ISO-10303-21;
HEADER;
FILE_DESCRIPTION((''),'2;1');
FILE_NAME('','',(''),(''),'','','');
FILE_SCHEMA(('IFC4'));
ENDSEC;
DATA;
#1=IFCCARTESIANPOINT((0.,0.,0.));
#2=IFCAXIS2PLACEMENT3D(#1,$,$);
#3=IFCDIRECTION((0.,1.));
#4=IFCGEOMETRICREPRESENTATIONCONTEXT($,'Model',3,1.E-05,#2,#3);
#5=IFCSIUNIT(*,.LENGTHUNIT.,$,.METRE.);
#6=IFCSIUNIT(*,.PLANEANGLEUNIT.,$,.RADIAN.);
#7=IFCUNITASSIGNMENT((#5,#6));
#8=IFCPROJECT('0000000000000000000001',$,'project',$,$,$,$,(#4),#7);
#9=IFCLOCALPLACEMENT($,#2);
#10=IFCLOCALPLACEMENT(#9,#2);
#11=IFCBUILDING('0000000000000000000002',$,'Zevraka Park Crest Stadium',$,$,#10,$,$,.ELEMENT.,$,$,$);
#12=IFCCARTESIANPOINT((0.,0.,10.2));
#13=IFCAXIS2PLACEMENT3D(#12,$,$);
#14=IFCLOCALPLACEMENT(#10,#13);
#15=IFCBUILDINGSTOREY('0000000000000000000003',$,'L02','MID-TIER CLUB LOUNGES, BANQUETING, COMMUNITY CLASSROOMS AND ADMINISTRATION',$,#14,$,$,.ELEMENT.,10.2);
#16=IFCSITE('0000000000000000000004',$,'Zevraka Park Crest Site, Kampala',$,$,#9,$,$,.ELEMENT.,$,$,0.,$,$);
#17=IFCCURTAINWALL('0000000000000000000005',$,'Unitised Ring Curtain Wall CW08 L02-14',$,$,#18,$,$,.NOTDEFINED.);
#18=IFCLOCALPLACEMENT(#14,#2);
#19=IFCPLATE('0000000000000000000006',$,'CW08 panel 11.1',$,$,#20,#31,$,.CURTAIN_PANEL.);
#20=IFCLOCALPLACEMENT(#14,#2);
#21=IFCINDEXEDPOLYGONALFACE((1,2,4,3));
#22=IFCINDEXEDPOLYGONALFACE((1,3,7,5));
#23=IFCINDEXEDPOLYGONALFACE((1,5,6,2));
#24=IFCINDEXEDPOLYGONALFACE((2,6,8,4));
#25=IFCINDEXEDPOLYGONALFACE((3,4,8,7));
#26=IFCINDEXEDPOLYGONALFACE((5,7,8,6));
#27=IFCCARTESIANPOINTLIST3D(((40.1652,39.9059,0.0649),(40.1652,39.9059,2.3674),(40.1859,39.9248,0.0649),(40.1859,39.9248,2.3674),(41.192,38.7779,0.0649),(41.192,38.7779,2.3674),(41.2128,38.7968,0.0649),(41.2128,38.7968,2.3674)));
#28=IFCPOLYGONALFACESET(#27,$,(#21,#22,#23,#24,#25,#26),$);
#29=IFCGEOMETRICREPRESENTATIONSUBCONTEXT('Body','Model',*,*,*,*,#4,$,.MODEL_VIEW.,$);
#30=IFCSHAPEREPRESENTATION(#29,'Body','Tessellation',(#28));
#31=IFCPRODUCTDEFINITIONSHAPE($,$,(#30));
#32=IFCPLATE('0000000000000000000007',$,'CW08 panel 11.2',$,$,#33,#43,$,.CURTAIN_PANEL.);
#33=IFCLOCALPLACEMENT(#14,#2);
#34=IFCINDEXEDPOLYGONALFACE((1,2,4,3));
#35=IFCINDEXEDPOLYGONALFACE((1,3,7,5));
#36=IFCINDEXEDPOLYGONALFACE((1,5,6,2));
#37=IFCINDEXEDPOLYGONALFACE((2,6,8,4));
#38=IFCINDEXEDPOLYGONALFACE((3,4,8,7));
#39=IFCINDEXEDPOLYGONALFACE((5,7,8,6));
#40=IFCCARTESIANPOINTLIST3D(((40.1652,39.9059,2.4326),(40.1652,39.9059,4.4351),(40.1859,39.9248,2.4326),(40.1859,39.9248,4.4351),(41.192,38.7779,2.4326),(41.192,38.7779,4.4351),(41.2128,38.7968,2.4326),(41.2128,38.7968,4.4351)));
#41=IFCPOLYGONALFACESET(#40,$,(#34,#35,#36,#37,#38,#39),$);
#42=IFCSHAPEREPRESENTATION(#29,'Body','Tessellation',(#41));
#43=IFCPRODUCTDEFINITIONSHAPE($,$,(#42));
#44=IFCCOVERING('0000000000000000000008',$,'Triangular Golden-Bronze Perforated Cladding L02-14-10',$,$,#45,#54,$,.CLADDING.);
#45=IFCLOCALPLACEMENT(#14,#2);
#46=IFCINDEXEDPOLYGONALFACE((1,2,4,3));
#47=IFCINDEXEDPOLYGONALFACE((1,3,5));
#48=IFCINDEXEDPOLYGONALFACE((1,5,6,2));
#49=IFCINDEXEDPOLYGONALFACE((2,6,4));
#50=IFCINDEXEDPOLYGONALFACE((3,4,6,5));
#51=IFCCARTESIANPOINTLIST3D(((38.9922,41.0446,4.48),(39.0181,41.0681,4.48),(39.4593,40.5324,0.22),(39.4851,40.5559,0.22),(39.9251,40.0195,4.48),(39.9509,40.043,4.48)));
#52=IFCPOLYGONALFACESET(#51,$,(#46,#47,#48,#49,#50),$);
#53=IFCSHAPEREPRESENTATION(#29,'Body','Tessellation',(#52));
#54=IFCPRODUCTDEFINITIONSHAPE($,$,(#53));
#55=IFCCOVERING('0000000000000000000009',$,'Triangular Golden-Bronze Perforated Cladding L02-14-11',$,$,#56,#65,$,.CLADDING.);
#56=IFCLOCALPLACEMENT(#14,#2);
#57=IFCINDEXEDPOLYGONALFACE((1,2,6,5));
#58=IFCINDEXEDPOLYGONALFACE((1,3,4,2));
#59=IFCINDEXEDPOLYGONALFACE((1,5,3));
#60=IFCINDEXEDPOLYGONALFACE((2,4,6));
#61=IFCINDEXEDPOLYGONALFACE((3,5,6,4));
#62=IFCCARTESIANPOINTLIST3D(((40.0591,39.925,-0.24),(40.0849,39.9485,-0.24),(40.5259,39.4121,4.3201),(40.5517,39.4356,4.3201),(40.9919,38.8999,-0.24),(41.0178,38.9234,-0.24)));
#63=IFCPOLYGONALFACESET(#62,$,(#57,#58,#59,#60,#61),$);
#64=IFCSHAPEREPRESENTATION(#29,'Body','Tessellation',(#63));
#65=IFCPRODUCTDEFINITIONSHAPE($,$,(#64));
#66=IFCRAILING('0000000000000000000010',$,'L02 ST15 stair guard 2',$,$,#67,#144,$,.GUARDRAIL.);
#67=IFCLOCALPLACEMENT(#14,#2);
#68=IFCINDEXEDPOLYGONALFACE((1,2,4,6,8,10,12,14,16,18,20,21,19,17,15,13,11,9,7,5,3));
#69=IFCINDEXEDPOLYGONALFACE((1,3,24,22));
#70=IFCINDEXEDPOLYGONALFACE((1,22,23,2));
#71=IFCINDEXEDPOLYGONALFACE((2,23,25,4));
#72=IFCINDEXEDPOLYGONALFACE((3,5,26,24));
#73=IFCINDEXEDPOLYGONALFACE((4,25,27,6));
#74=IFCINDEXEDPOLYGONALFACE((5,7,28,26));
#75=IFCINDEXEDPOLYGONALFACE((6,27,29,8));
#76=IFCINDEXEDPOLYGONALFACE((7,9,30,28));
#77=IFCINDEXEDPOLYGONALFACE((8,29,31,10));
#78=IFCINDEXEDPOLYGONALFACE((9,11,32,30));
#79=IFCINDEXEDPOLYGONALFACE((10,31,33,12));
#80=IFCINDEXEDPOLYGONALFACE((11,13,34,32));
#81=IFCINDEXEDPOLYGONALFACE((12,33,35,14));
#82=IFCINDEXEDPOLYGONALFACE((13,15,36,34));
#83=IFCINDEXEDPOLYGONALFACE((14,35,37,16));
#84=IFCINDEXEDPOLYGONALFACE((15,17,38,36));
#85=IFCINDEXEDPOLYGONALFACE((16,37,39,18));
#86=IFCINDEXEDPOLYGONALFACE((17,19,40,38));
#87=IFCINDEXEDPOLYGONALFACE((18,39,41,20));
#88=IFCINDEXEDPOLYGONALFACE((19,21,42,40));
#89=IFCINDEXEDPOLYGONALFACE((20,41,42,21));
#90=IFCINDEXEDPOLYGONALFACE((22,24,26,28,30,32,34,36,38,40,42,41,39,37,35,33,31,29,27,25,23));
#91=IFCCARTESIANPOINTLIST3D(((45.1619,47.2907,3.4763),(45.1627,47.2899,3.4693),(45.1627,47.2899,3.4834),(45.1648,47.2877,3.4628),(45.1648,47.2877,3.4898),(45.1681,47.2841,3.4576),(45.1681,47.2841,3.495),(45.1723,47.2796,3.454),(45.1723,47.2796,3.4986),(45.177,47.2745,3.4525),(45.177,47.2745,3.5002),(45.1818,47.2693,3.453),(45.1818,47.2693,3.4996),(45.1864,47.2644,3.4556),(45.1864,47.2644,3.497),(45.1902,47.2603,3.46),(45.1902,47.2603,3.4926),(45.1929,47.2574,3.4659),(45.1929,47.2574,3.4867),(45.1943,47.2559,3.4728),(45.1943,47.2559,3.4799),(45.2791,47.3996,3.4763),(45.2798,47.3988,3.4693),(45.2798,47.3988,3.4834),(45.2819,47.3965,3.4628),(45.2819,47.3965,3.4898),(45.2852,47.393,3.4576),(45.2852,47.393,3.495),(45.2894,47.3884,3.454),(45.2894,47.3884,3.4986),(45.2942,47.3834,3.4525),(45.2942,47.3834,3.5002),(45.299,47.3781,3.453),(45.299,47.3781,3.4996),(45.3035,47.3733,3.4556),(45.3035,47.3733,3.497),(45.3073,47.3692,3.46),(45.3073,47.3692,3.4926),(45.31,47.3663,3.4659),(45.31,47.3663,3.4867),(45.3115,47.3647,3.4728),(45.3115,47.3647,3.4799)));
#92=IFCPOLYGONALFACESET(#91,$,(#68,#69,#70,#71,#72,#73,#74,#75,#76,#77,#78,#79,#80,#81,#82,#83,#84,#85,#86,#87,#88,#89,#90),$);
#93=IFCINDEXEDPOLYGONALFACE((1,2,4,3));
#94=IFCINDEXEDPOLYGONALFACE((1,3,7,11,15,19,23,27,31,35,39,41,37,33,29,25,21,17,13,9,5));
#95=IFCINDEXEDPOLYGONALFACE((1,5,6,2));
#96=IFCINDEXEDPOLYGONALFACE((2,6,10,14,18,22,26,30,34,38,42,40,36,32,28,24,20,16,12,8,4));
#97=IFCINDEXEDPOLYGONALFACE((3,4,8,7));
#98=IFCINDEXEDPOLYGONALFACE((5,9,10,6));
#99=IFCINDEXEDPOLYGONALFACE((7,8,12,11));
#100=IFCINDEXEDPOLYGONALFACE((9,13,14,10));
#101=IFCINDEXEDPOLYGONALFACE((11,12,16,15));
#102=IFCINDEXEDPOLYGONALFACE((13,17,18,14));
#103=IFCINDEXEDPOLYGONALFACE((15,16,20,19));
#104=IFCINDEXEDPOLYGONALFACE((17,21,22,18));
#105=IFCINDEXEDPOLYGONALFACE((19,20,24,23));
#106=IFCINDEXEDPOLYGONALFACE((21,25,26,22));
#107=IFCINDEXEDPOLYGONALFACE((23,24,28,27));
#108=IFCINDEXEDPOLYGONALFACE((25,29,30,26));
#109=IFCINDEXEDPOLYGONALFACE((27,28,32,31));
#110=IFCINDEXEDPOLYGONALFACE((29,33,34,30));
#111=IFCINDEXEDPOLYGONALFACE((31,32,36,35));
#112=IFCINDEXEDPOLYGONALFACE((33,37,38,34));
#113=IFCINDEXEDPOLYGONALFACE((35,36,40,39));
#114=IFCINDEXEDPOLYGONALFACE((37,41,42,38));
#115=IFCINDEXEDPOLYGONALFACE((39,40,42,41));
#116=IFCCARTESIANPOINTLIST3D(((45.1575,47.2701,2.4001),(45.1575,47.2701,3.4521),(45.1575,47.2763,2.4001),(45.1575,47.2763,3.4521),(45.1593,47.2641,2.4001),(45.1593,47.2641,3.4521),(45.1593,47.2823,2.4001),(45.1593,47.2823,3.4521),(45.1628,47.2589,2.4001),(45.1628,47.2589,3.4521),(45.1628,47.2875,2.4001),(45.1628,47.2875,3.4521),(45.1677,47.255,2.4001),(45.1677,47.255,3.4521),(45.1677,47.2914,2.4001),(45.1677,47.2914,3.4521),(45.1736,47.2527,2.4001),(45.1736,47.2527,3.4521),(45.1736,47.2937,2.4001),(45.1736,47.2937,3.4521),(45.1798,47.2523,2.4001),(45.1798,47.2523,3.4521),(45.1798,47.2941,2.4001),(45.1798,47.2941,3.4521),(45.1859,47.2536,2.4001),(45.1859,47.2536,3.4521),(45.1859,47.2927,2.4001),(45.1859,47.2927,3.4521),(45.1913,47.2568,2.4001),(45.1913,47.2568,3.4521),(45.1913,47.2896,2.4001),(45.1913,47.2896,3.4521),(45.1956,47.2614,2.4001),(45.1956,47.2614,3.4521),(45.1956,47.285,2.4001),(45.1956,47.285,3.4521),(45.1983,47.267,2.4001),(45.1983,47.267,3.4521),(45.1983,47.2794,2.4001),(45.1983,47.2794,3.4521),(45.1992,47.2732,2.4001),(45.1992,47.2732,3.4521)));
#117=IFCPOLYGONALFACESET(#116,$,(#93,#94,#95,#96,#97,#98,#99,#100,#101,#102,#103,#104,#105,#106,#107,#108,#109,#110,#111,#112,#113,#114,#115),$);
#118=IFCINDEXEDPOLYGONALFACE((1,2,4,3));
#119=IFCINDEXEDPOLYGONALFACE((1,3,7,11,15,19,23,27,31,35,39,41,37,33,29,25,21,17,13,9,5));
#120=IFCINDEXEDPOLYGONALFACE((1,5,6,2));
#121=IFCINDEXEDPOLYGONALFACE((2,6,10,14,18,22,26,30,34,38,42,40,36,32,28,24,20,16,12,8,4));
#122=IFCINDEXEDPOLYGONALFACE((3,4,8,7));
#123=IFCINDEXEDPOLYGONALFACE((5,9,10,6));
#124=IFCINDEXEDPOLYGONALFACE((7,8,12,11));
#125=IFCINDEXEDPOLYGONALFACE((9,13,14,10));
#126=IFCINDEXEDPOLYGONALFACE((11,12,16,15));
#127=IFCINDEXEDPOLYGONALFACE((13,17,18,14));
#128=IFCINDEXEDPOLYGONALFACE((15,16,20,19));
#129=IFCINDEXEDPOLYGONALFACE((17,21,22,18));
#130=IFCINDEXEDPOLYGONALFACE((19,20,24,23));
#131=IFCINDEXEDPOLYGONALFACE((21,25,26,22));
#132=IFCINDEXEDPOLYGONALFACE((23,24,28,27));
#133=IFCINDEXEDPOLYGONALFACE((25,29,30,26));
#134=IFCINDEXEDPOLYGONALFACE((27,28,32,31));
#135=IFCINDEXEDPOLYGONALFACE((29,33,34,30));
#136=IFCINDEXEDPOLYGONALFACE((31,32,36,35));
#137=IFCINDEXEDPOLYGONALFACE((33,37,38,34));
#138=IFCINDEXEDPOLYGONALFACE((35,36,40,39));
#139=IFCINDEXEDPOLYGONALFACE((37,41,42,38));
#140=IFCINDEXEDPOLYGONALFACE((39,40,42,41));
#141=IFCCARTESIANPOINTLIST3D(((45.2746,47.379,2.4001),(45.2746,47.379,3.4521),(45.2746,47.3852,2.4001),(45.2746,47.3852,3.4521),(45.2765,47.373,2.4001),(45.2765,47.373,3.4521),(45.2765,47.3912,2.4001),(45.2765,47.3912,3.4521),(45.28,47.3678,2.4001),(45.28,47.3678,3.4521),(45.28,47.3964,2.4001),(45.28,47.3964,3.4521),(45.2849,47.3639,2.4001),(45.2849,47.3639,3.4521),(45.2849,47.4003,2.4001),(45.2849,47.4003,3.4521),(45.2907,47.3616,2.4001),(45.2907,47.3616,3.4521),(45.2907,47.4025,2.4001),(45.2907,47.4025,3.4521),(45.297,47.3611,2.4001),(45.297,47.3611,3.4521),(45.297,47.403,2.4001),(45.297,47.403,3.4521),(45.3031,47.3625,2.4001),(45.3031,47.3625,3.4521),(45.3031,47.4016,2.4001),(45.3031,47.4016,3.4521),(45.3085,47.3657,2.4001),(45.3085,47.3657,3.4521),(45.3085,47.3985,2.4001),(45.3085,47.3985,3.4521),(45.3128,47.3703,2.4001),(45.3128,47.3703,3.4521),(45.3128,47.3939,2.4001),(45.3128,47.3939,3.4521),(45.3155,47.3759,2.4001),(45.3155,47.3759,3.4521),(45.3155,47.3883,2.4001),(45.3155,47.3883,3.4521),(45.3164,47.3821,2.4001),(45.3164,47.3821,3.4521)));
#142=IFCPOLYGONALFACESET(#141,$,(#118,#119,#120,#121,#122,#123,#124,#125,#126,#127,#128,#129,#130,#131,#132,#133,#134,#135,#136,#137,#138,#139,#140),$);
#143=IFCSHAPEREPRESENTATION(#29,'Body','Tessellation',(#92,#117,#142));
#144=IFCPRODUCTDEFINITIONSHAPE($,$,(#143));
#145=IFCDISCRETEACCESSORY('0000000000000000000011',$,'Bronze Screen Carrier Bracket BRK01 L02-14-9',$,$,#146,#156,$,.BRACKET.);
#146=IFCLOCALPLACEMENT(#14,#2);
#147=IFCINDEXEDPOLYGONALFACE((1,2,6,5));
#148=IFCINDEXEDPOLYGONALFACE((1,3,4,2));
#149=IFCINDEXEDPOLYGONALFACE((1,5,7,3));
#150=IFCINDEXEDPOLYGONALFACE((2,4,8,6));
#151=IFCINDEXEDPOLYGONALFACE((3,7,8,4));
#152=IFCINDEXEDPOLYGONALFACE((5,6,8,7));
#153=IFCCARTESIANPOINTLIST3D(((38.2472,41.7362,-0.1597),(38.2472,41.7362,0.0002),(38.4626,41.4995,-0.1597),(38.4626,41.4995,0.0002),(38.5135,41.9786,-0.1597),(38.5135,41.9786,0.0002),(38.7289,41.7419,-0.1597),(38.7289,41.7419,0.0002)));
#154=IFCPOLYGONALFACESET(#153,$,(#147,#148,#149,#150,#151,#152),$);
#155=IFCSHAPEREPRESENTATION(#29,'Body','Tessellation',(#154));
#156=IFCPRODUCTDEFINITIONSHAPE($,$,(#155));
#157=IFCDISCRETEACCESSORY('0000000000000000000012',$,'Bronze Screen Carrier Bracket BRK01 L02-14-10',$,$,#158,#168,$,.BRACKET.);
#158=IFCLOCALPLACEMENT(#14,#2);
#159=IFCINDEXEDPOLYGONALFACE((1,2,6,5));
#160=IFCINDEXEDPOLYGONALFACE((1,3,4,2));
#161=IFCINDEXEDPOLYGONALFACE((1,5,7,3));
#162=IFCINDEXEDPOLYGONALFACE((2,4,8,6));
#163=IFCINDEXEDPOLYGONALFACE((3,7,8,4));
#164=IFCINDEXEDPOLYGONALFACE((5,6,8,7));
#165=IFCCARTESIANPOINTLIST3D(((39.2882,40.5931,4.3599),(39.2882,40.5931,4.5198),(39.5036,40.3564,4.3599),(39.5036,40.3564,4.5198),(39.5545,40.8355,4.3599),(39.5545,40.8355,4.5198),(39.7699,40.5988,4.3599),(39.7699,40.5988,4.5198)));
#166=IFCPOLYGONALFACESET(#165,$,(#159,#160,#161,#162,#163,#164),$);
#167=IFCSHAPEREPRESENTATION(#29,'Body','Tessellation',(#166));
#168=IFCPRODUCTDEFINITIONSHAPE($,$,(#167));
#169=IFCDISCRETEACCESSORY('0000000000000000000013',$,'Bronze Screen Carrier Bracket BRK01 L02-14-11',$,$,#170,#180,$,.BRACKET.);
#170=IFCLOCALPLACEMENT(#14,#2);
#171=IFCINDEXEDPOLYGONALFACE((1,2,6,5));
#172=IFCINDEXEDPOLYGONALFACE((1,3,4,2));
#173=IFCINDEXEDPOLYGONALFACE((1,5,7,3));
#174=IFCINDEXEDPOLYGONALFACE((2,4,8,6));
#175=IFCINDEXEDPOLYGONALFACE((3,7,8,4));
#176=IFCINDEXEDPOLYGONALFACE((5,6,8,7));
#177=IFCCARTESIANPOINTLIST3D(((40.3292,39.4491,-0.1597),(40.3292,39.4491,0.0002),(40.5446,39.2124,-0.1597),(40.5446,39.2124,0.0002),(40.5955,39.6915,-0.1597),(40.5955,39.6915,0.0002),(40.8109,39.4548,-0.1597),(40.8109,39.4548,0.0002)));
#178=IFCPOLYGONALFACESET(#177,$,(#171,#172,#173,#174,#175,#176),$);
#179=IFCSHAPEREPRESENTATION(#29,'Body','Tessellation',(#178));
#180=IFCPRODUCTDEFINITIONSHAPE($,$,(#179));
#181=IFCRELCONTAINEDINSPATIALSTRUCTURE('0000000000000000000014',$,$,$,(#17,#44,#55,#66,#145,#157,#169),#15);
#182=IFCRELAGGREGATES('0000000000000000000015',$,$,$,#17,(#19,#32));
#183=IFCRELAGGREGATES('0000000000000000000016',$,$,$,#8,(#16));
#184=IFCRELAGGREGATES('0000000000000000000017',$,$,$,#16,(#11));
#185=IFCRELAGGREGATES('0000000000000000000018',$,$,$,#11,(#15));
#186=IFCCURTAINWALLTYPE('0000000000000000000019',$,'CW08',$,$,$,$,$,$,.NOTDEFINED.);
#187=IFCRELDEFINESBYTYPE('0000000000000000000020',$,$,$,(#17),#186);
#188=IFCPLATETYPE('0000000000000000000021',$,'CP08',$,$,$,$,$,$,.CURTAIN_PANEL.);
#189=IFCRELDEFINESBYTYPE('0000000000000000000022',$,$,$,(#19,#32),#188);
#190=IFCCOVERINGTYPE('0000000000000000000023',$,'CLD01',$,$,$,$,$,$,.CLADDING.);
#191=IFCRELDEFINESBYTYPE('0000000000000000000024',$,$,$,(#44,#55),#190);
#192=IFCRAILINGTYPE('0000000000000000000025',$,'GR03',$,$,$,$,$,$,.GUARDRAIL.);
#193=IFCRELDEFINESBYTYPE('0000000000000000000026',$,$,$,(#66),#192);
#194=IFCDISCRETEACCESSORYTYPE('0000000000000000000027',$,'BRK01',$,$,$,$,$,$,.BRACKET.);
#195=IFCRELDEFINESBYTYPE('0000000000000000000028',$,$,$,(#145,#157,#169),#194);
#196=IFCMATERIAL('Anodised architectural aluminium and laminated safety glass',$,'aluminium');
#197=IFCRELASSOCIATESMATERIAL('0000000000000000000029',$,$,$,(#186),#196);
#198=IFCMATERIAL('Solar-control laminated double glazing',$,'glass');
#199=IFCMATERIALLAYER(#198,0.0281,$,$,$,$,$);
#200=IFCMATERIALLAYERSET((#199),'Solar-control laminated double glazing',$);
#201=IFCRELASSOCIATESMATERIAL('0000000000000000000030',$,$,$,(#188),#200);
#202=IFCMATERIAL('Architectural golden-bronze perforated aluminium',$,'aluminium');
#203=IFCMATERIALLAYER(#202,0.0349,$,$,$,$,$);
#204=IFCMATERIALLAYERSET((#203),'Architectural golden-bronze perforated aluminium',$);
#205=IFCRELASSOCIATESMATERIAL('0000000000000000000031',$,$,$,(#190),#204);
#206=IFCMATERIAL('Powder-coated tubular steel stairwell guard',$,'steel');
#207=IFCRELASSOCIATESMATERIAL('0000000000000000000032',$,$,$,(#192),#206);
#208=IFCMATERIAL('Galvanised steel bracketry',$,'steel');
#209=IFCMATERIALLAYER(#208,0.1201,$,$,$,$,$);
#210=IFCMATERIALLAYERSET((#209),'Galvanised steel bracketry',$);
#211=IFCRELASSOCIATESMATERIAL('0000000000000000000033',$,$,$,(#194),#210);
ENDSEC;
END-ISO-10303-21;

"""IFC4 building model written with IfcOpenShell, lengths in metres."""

from ifc_helpers import new_model, si_unit, direction, frame, origin, origin_2d, place, context, subcontext, project, spatial, polyline, rectangle, circle, outline, extrude, material, layer, layer_set, type_object, element, aggregate, save


model = new_model("IFC4")

# Units and contexts
model_context = context("Model", 3, precision=1e-05, world=origin(), true_north=direction((0.0, 1.0)))
body_context = subcontext(model_context, "Body", "Model", "MODEL_VIEW")
ifc_project = project(units=[si_unit("LENGTHUNIT", "METRE"), si_unit("PLANEANGLEUNIT", "RADIAN")], contexts=[model_context])

# Site, building, storey
site_placement = place(None, origin())
site = spatial("IfcSite", under=ifc_project, at=site_placement, Name="Zevraka Park Crest Site, Kampala", CompositionType="ELEMENT", RefElevation=0.0)
building_placement = place(site_placement, origin())
building = spatial("IfcBuilding", under=site, at=building_placement, Name="Zevraka Park Crest Stadium", CompositionType="ELEMENT")
storey_placement = place(building_placement, frame((0.0, 0.0, 10.2)))
storey = spatial("IfcBuildingStorey", under=building, at=storey_placement, Name="L02", Description="MID-TIER CLUB LOUNGES, BANQUETING, COMMUNITY CLASSROOMS AND ADMINISTRATION", CompositionType="ELEMENT", Elevation=10.2)

# Curtain wall
ifc_material_1 = material(Name="Anodised architectural aluminium and laminated safety glass", Category="aluminium")
curtain_wall_type = type_object("IfcCurtainWallType", Name="CW08", PredefinedType="NOTDEFINED", material=ifc_material_1)
curtain_wall_placement = place(storey_placement, origin())
curtain_wall = element("IfcCurtainWall", 1, at=curtain_wall_placement, inside=storey, type_object=curtain_wall_type, Name="Unitised Ring Curtain Wall CW08 L02-14", PredefinedType="NOTDEFINED")

# Plates
ifc_material_2 = material(Name="Solar-control laminated double glazing", Category="glass")
ifc_layer_1 = layer(ifc_material_2, 0.0281)
ifc_layer_set_1 = layer_set([ifc_layer_1], Name="Solar-control laminated double glazing")
plate_type = type_object("IfcPlateType", Name="CP08", PredefinedType="CURTAIN_PANEL", material=ifc_layer_set_1)
plate_1_placement = place(storey_placement, frame((40.689, 39.3513, 0.0649), z_axis=(0.0, 0.0, 1.0), x_axis=(0.67316, -0.739497, 0.0)))
plate_1 = element("IfcPlate", 2, at=plate_1_placement, type_object=plate_type, Name="CW08 panel 11.1", PredefinedType="CURTAIN_PANEL", context=body_context, shape_type="SweptSolid", body=[
    extrude(rectangle(XDim=1.5254, YDim=0.0281, at=origin_2d()), origin(), (0.0, 0.0, 1.0), 2.3025),
])
plate_2_placement = place(storey_placement, frame((40.689, 39.3513, 2.4326), z_axis=(0.0, 0.0, 1.0), x_axis=(0.67316, -0.739497, 0.0)))
plate_2 = element("IfcPlate", 3, at=plate_2_placement, type_object=plate_type, Name="CW08 panel 11.2", PredefinedType="CURTAIN_PANEL", context=body_context, shape_type="SweptSolid", body=[
    extrude(rectangle(XDim=1.5254, YDim=0.0281, at=origin_2d()), origin(), (0.0, 0.0, 1.0), 2.0024),
])
aggregate(curtain_wall, [plate_1, plate_2])

# Coverings
ifc_material_3 = material(Name="Architectural golden-bronze perforated aluminium", Category="aluminium")
ifc_layer_2 = layer(ifc_material_3, 0.0349)
ifc_layer_set_2 = layer_set([ifc_layer_2], Name="Architectural golden-bronze perforated aluminium")
covering_type = type_object("IfcCoveringType", Name="CLD01", PredefinedType="CLADDING", material=ifc_layer_set_2)
covering_1_placement = place(storey_placement, frame((39.9509, 40.043, 4.48), z_axis=(0.739613, 0.673032, 0.000164), x_axis=(-0.673032, 0.739613, 0.0)))
element("IfcCovering", 4, at=covering_1_placement, inside=storey, type_object=covering_type, Name="Triangular Golden-Bronze Perforated Cladding L02-14-10", PredefinedType="CLADDING", context=body_context, shape_type="SweptSolid", body=[
    extrude(outline(polyline([(0.0, 0.0), (1.3861, 0.0), (0.6929, -4.26), (0.0, 0.0)])), origin(), (0.0, 0.0, -1.0), 0.0349),
])
covering_2_placement = place(storey_placement, frame((40.0591, 39.925, -0.24), z_axis=(-0.739613, -0.673032, 0.000005), x_axis=(0.673032, -0.739613, 0.0)))
element("IfcCovering", 5, at=covering_2_placement, inside=storey, type_object=covering_type, Name="Triangular Golden-Bronze Perforated Cladding L02-14-11", PredefinedType="CLADDING", context=body_context, shape_type="SweptSolid", body=[
    extrude(outline(polyline([(0.0, 0.0), (1.3861, 0.0), (0.6935, 4.5601), (0.0, 0.0)])), origin(), (0.0, 0.0, -1.0), 0.0349),
])

# Railing
ifc_material_4 = material(Name="Powder-coated tubular steel stairwell guard", Category="steel")
railing_type = type_object("IfcRailingType", Name="GR03", PredefinedType="GUARDRAIL", material=ifc_material_4)
railing_placement = place(storey_placement, frame((45.1782, 47.2732, 2.4001)))
element("IfcRailing", 6, at=railing_placement, inside=storey, type_object=railing_type, Name="L02 ST15 stair guard 2", PredefinedType="GUARDRAIL", context=body_context, shape_type="SweptSolid", body=[
    extrude(circle(Radius=0.0239, at=origin_2d()), frame((0.0, 0.0, 1.0762), z_axis=(0.732576, 0.680685, 0.0), x_axis=(-0.680685, 0.732576, 0.0)), (0.0, 0.0, 1.0), 0.1599),
    extrude(circle(Radius=0.021, at=origin_2d()), origin(), (0.0, 0.0, 1.0), 1.052),
    extrude(circle(Radius=0.021, at=origin_2d()), frame((0.1172, 0.1089, 0.0)), (0.0, 0.0, 1.0), 1.052),
])

# Discrete accessories
ifc_material_5 = material(Name="Galvanised steel bracketry", Category="steel")
ifc_layer_3 = layer(ifc_material_5, 0.1201)
ifc_layer_set_3 = layer_set([ifc_layer_3], Name="Galvanised steel bracketry")
discrete_accessory_type = type_object("IfcDiscreteAccessoryType", Name="BRK01", PredefinedType="BRACKET", material=ifc_layer_set_3)
for number, where, z_axis, x_axis, name in (
    (7, (38.488, 41.739, -0.1597), (0.0, 0.0, 1.0), (0.673142, -0.739514, 0.0), "Bronze Screen Carrier Bracket BRK01 L02-14-9"),
    (8, (39.5291, 40.5959, 4.3599), (0.0, 0.0, 1.0), (0.673142, -0.739514, 0.0), "Bronze Screen Carrier Bracket BRK01 L02-14-10"),
    (9, (40.5701, 39.4519, -0.1597), (0.0, 0.0, 1.0), (0.673142, -0.739514, 0.0), "Bronze Screen Carrier Bracket BRK01 L02-14-11"),
):
    element("IfcDiscreteAccessory", number, at=place(storey_placement, frame(where, z_axis=z_axis, x_axis=x_axis)), inside=storey, type_object=discrete_accessory_type, Name=name, PredefinedType="BRACKET", context=body_context, shape_type="SweptSolid", body=[
        extrude(rectangle(XDim=0.3201, YDim=0.3601, at=origin_2d()), origin(), (0.0, 0.0, 1.0), 0.1599),
    ])

save(model, "model.ifc")
